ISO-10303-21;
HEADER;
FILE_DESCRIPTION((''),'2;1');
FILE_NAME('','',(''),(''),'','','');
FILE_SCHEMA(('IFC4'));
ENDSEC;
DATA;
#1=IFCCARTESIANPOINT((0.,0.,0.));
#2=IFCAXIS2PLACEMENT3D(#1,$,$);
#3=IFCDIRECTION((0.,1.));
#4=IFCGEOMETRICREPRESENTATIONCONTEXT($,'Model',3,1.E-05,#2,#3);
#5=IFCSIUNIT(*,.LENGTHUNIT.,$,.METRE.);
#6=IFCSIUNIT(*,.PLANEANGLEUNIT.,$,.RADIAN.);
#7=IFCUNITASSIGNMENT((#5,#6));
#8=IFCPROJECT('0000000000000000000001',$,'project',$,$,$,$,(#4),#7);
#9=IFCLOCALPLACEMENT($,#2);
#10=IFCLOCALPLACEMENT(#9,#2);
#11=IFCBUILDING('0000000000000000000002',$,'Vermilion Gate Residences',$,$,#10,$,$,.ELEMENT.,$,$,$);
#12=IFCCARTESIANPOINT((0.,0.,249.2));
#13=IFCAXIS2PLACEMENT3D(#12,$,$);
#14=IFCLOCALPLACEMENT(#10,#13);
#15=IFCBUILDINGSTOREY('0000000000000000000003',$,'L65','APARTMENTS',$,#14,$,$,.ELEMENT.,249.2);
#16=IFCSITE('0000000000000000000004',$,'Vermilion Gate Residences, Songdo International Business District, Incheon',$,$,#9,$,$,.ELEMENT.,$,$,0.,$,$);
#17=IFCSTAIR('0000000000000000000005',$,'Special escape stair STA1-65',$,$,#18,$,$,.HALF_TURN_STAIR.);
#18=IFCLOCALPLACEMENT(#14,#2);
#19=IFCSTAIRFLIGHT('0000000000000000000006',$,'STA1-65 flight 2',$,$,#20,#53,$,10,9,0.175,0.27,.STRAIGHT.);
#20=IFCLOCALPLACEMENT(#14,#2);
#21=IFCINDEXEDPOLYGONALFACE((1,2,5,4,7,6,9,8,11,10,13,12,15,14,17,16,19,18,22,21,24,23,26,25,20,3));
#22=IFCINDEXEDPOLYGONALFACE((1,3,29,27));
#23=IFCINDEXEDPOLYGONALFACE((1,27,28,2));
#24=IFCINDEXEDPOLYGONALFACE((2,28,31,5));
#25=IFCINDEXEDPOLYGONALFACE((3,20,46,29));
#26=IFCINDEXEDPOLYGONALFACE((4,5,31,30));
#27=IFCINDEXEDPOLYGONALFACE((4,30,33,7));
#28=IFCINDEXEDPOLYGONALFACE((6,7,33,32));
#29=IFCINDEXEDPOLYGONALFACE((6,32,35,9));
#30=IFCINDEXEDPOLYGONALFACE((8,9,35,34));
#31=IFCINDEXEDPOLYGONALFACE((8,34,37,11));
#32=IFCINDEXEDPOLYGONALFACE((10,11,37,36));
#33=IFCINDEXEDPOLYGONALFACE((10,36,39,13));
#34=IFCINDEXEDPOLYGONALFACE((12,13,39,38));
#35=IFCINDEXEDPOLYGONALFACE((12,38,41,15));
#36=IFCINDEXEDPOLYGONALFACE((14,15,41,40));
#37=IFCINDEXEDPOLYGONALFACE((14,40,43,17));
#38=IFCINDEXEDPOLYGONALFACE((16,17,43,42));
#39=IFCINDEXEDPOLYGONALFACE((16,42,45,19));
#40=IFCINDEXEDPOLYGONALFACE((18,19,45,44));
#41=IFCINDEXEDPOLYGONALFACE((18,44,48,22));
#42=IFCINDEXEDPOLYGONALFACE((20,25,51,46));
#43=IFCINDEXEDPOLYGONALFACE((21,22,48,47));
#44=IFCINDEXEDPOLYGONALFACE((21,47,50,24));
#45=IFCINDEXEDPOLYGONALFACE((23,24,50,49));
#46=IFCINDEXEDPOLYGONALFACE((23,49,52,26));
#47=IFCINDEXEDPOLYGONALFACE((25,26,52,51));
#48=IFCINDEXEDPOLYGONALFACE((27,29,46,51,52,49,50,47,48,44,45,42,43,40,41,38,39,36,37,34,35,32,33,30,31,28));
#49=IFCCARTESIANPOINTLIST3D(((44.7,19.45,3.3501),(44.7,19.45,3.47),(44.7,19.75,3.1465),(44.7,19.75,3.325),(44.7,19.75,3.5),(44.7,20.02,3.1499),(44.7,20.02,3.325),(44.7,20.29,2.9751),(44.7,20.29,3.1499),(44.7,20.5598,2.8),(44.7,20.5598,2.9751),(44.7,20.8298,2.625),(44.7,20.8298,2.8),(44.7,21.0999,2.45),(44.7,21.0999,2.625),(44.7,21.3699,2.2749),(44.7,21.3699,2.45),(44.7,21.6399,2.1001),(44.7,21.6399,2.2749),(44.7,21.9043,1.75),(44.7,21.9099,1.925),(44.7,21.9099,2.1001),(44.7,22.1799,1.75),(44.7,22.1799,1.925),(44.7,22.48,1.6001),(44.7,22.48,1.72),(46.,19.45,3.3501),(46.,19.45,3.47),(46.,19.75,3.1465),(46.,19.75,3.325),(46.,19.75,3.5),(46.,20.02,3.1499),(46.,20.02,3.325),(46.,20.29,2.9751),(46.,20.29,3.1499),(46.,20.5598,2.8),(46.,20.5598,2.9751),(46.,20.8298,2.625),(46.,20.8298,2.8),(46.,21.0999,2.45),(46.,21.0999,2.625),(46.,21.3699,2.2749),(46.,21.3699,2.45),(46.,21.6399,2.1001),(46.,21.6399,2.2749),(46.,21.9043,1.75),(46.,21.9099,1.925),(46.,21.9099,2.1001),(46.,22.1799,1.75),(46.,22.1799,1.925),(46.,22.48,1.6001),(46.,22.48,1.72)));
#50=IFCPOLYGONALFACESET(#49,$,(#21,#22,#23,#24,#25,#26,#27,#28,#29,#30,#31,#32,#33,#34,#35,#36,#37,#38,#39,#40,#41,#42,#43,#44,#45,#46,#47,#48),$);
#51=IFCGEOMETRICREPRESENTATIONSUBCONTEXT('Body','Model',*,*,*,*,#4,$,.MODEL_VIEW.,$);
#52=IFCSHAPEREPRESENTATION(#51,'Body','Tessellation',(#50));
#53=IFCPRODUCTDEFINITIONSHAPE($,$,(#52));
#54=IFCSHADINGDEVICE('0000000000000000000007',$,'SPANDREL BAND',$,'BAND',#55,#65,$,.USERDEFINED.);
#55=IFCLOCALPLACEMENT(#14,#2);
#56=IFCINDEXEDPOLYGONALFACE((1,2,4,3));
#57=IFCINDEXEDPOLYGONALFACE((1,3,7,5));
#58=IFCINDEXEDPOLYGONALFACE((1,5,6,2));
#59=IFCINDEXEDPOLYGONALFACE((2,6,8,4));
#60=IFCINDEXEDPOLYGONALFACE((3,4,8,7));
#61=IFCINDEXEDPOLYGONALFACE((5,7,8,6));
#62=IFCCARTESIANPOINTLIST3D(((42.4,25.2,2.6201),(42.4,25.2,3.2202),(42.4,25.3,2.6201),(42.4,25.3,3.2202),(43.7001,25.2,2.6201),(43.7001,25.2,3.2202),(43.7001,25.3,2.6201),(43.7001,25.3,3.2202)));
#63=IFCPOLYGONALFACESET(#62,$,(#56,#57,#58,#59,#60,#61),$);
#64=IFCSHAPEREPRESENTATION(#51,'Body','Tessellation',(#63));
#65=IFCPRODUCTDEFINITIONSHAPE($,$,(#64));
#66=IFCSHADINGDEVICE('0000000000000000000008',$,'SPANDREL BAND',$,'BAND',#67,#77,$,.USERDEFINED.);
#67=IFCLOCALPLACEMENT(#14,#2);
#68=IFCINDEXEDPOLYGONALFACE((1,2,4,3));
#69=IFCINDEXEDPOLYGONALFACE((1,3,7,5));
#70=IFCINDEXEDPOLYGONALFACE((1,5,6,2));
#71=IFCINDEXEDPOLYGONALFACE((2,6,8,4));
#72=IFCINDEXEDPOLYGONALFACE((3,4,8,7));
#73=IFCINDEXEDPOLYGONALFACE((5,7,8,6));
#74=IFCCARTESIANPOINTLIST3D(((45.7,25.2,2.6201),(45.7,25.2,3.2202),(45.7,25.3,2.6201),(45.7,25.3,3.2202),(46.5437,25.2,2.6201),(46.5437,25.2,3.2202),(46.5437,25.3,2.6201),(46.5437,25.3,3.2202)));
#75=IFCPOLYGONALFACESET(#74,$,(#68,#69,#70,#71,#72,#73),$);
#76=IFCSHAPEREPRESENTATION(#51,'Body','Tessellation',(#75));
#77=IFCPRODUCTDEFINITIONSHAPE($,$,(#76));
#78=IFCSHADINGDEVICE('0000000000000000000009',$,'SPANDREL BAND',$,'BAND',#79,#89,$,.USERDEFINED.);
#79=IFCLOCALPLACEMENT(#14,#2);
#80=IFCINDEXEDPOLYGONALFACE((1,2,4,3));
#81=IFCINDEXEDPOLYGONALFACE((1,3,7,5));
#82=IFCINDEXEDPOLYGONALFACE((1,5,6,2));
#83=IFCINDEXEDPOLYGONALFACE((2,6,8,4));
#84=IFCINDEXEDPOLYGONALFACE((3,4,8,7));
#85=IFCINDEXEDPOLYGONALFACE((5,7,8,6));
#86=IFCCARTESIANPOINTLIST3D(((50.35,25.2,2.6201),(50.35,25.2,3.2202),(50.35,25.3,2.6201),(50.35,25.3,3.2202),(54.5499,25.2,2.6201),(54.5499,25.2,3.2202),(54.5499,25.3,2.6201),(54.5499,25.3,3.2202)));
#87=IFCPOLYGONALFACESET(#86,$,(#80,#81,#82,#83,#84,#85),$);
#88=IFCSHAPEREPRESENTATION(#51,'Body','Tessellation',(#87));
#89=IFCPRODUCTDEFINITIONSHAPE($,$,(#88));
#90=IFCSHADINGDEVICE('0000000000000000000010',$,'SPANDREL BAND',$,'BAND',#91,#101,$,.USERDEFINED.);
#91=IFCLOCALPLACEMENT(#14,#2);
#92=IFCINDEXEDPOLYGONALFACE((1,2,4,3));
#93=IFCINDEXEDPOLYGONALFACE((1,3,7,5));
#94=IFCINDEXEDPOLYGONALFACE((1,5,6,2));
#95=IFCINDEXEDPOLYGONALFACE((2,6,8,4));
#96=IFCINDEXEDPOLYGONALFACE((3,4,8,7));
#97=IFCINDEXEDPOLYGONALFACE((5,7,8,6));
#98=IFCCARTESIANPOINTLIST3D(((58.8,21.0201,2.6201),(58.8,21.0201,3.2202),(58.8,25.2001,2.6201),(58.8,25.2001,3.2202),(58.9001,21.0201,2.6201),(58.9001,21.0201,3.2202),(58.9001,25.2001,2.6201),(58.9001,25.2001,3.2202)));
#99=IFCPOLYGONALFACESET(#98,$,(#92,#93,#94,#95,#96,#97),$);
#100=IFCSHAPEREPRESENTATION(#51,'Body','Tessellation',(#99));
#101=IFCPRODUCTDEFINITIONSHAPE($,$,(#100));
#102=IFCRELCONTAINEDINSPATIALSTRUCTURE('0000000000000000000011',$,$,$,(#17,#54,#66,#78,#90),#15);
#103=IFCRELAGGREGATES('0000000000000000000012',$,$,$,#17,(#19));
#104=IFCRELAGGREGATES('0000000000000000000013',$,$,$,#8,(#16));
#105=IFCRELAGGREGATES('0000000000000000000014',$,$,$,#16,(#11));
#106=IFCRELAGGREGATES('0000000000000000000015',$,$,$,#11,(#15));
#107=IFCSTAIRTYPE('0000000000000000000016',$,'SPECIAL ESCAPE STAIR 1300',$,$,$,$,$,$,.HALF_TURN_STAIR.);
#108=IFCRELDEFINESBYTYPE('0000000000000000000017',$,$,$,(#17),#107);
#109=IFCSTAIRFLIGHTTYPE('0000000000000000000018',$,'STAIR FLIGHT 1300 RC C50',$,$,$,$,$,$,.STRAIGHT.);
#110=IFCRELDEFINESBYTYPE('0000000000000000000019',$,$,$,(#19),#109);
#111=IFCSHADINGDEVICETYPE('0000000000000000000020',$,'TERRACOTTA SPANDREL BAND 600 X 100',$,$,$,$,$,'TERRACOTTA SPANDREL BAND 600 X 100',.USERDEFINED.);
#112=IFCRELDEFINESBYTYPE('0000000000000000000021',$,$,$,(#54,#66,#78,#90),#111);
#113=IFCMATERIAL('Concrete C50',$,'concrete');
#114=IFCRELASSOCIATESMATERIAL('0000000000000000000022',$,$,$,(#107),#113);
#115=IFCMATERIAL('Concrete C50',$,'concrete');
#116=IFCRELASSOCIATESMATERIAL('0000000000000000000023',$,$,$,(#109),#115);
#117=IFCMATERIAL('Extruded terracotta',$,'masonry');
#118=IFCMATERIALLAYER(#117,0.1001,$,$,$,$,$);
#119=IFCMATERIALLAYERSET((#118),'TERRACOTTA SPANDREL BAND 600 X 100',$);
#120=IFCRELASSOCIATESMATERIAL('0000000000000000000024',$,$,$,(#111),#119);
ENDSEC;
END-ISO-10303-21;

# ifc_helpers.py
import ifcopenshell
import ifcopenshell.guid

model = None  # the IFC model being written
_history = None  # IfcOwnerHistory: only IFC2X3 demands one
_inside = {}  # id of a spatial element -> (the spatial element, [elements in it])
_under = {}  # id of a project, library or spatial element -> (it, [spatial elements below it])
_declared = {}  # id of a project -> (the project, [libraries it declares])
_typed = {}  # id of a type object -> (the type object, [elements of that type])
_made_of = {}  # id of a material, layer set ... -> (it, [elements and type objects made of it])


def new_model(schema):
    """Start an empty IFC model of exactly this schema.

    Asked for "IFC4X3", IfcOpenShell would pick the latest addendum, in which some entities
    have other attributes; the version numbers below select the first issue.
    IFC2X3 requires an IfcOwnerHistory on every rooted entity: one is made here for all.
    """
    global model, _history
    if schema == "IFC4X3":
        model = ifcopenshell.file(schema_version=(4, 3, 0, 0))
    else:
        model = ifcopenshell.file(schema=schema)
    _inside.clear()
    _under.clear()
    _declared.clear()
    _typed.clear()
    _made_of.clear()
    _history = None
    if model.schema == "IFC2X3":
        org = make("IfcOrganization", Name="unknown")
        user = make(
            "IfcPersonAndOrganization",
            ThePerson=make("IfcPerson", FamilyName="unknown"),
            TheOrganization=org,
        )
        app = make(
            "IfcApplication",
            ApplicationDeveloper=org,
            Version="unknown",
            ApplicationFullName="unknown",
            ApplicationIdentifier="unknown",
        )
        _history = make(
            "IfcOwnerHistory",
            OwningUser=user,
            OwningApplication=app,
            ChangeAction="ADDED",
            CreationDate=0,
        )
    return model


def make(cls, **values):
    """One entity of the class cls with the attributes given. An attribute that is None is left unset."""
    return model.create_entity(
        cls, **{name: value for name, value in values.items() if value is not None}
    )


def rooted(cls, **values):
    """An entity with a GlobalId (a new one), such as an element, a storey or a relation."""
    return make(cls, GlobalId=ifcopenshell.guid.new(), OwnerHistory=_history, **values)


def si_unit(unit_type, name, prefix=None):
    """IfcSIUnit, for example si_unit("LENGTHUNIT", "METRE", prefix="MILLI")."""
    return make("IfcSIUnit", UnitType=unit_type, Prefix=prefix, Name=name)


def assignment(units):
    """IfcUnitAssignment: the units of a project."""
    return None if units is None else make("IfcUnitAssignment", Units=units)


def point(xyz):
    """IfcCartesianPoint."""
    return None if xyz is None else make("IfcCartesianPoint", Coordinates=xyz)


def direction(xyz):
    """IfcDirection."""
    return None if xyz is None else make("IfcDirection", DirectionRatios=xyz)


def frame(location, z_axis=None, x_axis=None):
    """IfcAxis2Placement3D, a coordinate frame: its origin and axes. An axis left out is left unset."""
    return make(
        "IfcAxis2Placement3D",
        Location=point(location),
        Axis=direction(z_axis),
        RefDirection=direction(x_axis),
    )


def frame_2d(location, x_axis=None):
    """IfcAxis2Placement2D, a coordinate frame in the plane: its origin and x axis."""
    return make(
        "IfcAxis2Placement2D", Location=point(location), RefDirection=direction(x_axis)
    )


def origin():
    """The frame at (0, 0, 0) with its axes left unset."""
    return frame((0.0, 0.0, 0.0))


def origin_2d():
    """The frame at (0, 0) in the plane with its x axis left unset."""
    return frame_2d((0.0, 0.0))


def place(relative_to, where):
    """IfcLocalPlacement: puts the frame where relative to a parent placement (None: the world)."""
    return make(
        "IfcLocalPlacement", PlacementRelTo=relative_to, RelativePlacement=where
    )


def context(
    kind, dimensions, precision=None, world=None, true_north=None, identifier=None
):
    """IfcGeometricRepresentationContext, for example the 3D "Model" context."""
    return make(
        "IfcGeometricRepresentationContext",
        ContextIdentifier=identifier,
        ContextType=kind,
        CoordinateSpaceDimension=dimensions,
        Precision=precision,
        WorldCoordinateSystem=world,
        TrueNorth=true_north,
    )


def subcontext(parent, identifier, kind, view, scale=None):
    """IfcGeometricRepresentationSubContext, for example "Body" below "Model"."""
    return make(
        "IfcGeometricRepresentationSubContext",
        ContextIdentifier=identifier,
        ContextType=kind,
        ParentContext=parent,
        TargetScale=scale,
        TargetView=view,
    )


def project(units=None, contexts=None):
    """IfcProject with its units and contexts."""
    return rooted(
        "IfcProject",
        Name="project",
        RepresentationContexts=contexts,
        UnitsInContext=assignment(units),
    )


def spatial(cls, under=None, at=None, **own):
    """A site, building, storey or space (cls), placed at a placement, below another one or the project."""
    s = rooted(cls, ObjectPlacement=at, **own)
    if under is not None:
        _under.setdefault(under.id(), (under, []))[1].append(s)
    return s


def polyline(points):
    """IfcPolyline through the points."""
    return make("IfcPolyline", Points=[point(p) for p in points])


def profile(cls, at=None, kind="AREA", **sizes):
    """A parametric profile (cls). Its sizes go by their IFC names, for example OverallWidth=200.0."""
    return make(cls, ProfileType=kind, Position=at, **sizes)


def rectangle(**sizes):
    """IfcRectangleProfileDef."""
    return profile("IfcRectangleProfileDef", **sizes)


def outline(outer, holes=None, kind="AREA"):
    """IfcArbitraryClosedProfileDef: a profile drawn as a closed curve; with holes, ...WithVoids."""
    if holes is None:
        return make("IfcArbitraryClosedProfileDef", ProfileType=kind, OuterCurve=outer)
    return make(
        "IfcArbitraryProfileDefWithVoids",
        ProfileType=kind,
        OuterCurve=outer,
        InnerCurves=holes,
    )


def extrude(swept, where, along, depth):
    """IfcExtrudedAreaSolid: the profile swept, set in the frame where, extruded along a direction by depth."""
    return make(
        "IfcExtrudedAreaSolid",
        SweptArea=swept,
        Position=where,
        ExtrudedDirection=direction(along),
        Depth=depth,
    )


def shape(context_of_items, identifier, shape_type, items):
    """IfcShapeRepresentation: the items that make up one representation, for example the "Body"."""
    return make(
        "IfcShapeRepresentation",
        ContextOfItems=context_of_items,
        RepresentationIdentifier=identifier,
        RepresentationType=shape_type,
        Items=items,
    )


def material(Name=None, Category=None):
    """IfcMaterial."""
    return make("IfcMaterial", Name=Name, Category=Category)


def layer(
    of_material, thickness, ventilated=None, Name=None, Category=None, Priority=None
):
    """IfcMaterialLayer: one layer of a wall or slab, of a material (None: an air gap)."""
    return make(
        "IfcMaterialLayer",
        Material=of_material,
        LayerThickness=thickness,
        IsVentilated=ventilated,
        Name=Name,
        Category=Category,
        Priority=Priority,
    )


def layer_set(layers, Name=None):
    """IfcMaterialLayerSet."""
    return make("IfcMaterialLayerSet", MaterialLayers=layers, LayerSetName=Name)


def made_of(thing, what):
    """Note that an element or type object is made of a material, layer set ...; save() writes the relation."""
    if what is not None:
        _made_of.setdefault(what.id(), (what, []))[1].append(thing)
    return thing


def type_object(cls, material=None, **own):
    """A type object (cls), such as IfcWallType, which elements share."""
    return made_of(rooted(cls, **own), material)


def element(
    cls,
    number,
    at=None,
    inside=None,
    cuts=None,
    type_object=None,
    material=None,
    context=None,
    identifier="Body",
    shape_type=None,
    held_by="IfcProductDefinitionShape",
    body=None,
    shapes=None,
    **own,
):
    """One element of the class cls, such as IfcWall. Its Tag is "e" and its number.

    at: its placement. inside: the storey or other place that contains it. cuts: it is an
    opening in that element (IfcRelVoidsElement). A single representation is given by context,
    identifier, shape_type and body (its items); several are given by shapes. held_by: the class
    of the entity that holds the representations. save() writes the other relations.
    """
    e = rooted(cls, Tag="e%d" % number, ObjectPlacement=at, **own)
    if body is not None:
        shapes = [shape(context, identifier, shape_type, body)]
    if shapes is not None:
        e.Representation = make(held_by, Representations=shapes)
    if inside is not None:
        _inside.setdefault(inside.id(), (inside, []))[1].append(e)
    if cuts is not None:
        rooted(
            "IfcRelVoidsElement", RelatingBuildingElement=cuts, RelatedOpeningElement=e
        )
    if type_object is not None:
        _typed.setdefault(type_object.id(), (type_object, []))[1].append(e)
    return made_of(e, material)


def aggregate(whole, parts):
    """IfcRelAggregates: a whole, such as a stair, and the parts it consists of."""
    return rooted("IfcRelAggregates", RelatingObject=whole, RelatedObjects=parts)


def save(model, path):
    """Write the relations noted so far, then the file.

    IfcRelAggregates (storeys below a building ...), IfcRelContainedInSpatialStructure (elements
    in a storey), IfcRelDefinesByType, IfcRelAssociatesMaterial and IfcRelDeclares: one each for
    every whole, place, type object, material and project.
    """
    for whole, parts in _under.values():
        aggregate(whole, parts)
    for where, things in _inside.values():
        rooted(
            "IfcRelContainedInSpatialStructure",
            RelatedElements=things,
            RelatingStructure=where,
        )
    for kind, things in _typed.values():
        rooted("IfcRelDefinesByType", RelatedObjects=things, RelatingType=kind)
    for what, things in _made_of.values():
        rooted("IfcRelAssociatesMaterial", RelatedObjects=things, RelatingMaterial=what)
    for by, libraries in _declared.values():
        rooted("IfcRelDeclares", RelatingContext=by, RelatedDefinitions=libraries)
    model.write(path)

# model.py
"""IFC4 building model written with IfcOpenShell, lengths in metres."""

from ifc_helpers import new_model, si_unit, direction, frame, origin, origin_2d, place, context, subcontext, project, spatial, polyline, rectangle, outline, extrude, material, layer, layer_set, type_object, element, aggregate, save


model = new_model("IFC4")

# Units and contexts
model_context = context("Model", 3, precision=1e-05, world=origin(), true_north=direction((0.0, 1.0)))
body_context = subcontext(model_context, "Body", "Model", "MODEL_VIEW")
ifc_project = project(units=[si_unit("LENGTHUNIT", "METRE"), si_unit("PLANEANGLEUNIT", "RADIAN")], contexts=[model_context])

# Site, building, storey
site_placement = place(None, origin())
site = spatial("IfcSite", under=ifc_project, at=site_placement, Name="Vermilion Gate Residences, Songdo International Business District, Incheon", CompositionType="ELEMENT", RefElevation=0.0)
building_placement = place(site_placement, origin())
building = spatial("IfcBuilding", under=site, at=building_placement, Name="Vermilion Gate Residences", CompositionType="ELEMENT")
storey_placement = place(building_placement, frame((0.0, 0.0, 249.2)))
storey = spatial("IfcBuildingStorey", under=building, at=storey_placement, Name="L65", Description="APARTMENTS", CompositionType="ELEMENT", Elevation=249.2)

# Stair, stair flight
ifc_material_1 = material(Name="Concrete C50", Category="concrete")
stair_type = type_object("IfcStairType", Name="SPECIAL ESCAPE STAIR 1300", PredefinedType="HALF_TURN_STAIR", material=ifc_material_1)
stair_placement = place(storey_placement, origin())
stair = element("IfcStair", 1, at=stair_placement, inside=storey, type_object=stair_type, Name="Special escape stair STA1-65", PredefinedType="HALF_TURN_STAIR")
ifc_material_2 = material(Name="Concrete C50", Category="concrete")
stair_flight_type = type_object("IfcStairFlightType", Name="STAIR FLIGHT 1300 RC C50", PredefinedType="STRAIGHT", material=ifc_material_2)
stair_flight_1_placement = place(storey_placement, frame((45.3501, 22.1799, 1.75), z_axis=(0.0, 0.0, 1.0), x_axis=(0.0, -1.0, 0.0)))
stair_flight_1 = element("IfcStairFlight", 2, at=stair_flight_1_placement, type_object=stair_flight_type, Name="STA1-65 flight 2", NumberOfRisers=10, NumberOfTreads=9, PredefinedType="STRAIGHT", RiserHeight=0.175, TreadLength=0.27, context=body_context, shape_type="SweptSolid", body=[
    extrude(outline(polyline([(-0.3, -0.1499), (-0.3, -0.03), (0.0, 0.0), (0.0, 0.175), (0.27, 0.175), (0.27, 0.3501), (0.54, 0.3501), (0.54, 0.5249), (0.8101, 0.5249), (0.8101, 0.7), (1.0801, 0.7), (1.0801, 0.875), (1.3501, 0.875), (1.3501, 1.05), (1.6201, 1.05), (1.6201, 1.2251), (1.8899, 1.2251), (1.8899, 1.3999), (2.1599, 1.3999), (2.1599, 1.575), (2.4299, 1.575), (2.4299, 1.75), (2.73, 1.72), (2.73, 1.6001), (2.4299, 1.3965), (0.2756, 0.0), (-0.3, -0.1499)])), frame((0.0, 0.6499, 0.0), z_axis=(0.0, -1.0, 0.0), x_axis=(1.0, 0.0, 0.0)), (0.0, 0.0, 1.0), 1.3),
])
aggregate(stair, [stair_flight_1])

# Shading devices
ifc_material_3 = material(Name="Extruded terracotta", Category="masonry")
ifc_layer_1 = layer(ifc_material_3, 0.1001)
ifc_layer_set_1 = layer_set([ifc_layer_1], Name="TERRACOTTA SPANDREL BAND 600 X 100")
shading_device_type = type_object("IfcShadingDeviceType", Name="TERRACOTTA SPANDREL BAND 600 X 100", ElementType="TERRACOTTA SPANDREL BAND 600 X 100", PredefinedType="USERDEFINED", material=ifc_layer_set_1)
shading_device_1_placement = place(storey_placement, frame((43.05, 25.25, 2.6201), z_axis=(0.0, 0.0, 1.0), x_axis=(1.0, 0.0, 0.0)))
element("IfcShadingDevice", 3, at=shading_device_1_placement, inside=storey, type_object=shading_device_type, Name="SPANDREL BAND", ObjectType="BAND", PredefinedType="USERDEFINED", context=body_context, shape_type="SweptSolid", body=[
    extrude(rectangle(XDim=1.3, YDim=0.1001, at=origin_2d()), origin(), (0.0, 0.0, 1.0), 0.6001),
])
shading_device_2_placement = place(storey_placement, frame((46.1218, 25.25, 2.6201), z_axis=(0.0, 0.0, 1.0), x_axis=(1.0, 0.0, 0.0)))
element("IfcShadingDevice", 4, at=shading_device_2_placement, inside=storey, type_object=shading_device_type, Name="SPANDREL BAND", ObjectType="BAND", PredefinedType="USERDEFINED", context=body_context, shape_type="SweptSolid", body=[
    extrude(rectangle(XDim=0.8438, YDim=0.1001, at=origin_2d()), origin(), (0.0, 0.0, 1.0), 0.6001),
])
shading_device_3_placement = place(storey_placement, frame((52.45, 25.25, 2.6201), z_axis=(0.0, 0.0, 1.0), x_axis=(1.0, 0.0, 0.0)))
element("IfcShadingDevice", 5, at=shading_device_3_placement, inside=storey, type_object=shading_device_type, Name="SPANDREL BAND", ObjectType="BAND", PredefinedType="USERDEFINED", context=body_context, shape_type="SweptSolid", body=[
    extrude(rectangle(XDim=4.2, YDim=0.1001, at=origin_2d()), origin(), (0.0, 0.0, 1.0), 0.6001),
])
shading_device_4_placement = place(storey_placement, frame((58.8501, 23.1101, 2.6201), z_axis=(0.0, 0.0, 1.0), x_axis=(0.0, 1.0, 0.0)))
element("IfcShadingDevice", 6, at=shading_device_4_placement, inside=storey, type_object=shading_device_type, Name="SPANDREL BAND", ObjectType="BAND", PredefinedType="USERDEFINED", context=body_context, shape_type="SweptSolid", body=[
    extrude(rectangle(XDim=4.1799, YDim=0.1001, at=origin_2d()), origin(), (0.0, 0.0, 1.0), 0.6001),
])

save(model, "model.ifc")
